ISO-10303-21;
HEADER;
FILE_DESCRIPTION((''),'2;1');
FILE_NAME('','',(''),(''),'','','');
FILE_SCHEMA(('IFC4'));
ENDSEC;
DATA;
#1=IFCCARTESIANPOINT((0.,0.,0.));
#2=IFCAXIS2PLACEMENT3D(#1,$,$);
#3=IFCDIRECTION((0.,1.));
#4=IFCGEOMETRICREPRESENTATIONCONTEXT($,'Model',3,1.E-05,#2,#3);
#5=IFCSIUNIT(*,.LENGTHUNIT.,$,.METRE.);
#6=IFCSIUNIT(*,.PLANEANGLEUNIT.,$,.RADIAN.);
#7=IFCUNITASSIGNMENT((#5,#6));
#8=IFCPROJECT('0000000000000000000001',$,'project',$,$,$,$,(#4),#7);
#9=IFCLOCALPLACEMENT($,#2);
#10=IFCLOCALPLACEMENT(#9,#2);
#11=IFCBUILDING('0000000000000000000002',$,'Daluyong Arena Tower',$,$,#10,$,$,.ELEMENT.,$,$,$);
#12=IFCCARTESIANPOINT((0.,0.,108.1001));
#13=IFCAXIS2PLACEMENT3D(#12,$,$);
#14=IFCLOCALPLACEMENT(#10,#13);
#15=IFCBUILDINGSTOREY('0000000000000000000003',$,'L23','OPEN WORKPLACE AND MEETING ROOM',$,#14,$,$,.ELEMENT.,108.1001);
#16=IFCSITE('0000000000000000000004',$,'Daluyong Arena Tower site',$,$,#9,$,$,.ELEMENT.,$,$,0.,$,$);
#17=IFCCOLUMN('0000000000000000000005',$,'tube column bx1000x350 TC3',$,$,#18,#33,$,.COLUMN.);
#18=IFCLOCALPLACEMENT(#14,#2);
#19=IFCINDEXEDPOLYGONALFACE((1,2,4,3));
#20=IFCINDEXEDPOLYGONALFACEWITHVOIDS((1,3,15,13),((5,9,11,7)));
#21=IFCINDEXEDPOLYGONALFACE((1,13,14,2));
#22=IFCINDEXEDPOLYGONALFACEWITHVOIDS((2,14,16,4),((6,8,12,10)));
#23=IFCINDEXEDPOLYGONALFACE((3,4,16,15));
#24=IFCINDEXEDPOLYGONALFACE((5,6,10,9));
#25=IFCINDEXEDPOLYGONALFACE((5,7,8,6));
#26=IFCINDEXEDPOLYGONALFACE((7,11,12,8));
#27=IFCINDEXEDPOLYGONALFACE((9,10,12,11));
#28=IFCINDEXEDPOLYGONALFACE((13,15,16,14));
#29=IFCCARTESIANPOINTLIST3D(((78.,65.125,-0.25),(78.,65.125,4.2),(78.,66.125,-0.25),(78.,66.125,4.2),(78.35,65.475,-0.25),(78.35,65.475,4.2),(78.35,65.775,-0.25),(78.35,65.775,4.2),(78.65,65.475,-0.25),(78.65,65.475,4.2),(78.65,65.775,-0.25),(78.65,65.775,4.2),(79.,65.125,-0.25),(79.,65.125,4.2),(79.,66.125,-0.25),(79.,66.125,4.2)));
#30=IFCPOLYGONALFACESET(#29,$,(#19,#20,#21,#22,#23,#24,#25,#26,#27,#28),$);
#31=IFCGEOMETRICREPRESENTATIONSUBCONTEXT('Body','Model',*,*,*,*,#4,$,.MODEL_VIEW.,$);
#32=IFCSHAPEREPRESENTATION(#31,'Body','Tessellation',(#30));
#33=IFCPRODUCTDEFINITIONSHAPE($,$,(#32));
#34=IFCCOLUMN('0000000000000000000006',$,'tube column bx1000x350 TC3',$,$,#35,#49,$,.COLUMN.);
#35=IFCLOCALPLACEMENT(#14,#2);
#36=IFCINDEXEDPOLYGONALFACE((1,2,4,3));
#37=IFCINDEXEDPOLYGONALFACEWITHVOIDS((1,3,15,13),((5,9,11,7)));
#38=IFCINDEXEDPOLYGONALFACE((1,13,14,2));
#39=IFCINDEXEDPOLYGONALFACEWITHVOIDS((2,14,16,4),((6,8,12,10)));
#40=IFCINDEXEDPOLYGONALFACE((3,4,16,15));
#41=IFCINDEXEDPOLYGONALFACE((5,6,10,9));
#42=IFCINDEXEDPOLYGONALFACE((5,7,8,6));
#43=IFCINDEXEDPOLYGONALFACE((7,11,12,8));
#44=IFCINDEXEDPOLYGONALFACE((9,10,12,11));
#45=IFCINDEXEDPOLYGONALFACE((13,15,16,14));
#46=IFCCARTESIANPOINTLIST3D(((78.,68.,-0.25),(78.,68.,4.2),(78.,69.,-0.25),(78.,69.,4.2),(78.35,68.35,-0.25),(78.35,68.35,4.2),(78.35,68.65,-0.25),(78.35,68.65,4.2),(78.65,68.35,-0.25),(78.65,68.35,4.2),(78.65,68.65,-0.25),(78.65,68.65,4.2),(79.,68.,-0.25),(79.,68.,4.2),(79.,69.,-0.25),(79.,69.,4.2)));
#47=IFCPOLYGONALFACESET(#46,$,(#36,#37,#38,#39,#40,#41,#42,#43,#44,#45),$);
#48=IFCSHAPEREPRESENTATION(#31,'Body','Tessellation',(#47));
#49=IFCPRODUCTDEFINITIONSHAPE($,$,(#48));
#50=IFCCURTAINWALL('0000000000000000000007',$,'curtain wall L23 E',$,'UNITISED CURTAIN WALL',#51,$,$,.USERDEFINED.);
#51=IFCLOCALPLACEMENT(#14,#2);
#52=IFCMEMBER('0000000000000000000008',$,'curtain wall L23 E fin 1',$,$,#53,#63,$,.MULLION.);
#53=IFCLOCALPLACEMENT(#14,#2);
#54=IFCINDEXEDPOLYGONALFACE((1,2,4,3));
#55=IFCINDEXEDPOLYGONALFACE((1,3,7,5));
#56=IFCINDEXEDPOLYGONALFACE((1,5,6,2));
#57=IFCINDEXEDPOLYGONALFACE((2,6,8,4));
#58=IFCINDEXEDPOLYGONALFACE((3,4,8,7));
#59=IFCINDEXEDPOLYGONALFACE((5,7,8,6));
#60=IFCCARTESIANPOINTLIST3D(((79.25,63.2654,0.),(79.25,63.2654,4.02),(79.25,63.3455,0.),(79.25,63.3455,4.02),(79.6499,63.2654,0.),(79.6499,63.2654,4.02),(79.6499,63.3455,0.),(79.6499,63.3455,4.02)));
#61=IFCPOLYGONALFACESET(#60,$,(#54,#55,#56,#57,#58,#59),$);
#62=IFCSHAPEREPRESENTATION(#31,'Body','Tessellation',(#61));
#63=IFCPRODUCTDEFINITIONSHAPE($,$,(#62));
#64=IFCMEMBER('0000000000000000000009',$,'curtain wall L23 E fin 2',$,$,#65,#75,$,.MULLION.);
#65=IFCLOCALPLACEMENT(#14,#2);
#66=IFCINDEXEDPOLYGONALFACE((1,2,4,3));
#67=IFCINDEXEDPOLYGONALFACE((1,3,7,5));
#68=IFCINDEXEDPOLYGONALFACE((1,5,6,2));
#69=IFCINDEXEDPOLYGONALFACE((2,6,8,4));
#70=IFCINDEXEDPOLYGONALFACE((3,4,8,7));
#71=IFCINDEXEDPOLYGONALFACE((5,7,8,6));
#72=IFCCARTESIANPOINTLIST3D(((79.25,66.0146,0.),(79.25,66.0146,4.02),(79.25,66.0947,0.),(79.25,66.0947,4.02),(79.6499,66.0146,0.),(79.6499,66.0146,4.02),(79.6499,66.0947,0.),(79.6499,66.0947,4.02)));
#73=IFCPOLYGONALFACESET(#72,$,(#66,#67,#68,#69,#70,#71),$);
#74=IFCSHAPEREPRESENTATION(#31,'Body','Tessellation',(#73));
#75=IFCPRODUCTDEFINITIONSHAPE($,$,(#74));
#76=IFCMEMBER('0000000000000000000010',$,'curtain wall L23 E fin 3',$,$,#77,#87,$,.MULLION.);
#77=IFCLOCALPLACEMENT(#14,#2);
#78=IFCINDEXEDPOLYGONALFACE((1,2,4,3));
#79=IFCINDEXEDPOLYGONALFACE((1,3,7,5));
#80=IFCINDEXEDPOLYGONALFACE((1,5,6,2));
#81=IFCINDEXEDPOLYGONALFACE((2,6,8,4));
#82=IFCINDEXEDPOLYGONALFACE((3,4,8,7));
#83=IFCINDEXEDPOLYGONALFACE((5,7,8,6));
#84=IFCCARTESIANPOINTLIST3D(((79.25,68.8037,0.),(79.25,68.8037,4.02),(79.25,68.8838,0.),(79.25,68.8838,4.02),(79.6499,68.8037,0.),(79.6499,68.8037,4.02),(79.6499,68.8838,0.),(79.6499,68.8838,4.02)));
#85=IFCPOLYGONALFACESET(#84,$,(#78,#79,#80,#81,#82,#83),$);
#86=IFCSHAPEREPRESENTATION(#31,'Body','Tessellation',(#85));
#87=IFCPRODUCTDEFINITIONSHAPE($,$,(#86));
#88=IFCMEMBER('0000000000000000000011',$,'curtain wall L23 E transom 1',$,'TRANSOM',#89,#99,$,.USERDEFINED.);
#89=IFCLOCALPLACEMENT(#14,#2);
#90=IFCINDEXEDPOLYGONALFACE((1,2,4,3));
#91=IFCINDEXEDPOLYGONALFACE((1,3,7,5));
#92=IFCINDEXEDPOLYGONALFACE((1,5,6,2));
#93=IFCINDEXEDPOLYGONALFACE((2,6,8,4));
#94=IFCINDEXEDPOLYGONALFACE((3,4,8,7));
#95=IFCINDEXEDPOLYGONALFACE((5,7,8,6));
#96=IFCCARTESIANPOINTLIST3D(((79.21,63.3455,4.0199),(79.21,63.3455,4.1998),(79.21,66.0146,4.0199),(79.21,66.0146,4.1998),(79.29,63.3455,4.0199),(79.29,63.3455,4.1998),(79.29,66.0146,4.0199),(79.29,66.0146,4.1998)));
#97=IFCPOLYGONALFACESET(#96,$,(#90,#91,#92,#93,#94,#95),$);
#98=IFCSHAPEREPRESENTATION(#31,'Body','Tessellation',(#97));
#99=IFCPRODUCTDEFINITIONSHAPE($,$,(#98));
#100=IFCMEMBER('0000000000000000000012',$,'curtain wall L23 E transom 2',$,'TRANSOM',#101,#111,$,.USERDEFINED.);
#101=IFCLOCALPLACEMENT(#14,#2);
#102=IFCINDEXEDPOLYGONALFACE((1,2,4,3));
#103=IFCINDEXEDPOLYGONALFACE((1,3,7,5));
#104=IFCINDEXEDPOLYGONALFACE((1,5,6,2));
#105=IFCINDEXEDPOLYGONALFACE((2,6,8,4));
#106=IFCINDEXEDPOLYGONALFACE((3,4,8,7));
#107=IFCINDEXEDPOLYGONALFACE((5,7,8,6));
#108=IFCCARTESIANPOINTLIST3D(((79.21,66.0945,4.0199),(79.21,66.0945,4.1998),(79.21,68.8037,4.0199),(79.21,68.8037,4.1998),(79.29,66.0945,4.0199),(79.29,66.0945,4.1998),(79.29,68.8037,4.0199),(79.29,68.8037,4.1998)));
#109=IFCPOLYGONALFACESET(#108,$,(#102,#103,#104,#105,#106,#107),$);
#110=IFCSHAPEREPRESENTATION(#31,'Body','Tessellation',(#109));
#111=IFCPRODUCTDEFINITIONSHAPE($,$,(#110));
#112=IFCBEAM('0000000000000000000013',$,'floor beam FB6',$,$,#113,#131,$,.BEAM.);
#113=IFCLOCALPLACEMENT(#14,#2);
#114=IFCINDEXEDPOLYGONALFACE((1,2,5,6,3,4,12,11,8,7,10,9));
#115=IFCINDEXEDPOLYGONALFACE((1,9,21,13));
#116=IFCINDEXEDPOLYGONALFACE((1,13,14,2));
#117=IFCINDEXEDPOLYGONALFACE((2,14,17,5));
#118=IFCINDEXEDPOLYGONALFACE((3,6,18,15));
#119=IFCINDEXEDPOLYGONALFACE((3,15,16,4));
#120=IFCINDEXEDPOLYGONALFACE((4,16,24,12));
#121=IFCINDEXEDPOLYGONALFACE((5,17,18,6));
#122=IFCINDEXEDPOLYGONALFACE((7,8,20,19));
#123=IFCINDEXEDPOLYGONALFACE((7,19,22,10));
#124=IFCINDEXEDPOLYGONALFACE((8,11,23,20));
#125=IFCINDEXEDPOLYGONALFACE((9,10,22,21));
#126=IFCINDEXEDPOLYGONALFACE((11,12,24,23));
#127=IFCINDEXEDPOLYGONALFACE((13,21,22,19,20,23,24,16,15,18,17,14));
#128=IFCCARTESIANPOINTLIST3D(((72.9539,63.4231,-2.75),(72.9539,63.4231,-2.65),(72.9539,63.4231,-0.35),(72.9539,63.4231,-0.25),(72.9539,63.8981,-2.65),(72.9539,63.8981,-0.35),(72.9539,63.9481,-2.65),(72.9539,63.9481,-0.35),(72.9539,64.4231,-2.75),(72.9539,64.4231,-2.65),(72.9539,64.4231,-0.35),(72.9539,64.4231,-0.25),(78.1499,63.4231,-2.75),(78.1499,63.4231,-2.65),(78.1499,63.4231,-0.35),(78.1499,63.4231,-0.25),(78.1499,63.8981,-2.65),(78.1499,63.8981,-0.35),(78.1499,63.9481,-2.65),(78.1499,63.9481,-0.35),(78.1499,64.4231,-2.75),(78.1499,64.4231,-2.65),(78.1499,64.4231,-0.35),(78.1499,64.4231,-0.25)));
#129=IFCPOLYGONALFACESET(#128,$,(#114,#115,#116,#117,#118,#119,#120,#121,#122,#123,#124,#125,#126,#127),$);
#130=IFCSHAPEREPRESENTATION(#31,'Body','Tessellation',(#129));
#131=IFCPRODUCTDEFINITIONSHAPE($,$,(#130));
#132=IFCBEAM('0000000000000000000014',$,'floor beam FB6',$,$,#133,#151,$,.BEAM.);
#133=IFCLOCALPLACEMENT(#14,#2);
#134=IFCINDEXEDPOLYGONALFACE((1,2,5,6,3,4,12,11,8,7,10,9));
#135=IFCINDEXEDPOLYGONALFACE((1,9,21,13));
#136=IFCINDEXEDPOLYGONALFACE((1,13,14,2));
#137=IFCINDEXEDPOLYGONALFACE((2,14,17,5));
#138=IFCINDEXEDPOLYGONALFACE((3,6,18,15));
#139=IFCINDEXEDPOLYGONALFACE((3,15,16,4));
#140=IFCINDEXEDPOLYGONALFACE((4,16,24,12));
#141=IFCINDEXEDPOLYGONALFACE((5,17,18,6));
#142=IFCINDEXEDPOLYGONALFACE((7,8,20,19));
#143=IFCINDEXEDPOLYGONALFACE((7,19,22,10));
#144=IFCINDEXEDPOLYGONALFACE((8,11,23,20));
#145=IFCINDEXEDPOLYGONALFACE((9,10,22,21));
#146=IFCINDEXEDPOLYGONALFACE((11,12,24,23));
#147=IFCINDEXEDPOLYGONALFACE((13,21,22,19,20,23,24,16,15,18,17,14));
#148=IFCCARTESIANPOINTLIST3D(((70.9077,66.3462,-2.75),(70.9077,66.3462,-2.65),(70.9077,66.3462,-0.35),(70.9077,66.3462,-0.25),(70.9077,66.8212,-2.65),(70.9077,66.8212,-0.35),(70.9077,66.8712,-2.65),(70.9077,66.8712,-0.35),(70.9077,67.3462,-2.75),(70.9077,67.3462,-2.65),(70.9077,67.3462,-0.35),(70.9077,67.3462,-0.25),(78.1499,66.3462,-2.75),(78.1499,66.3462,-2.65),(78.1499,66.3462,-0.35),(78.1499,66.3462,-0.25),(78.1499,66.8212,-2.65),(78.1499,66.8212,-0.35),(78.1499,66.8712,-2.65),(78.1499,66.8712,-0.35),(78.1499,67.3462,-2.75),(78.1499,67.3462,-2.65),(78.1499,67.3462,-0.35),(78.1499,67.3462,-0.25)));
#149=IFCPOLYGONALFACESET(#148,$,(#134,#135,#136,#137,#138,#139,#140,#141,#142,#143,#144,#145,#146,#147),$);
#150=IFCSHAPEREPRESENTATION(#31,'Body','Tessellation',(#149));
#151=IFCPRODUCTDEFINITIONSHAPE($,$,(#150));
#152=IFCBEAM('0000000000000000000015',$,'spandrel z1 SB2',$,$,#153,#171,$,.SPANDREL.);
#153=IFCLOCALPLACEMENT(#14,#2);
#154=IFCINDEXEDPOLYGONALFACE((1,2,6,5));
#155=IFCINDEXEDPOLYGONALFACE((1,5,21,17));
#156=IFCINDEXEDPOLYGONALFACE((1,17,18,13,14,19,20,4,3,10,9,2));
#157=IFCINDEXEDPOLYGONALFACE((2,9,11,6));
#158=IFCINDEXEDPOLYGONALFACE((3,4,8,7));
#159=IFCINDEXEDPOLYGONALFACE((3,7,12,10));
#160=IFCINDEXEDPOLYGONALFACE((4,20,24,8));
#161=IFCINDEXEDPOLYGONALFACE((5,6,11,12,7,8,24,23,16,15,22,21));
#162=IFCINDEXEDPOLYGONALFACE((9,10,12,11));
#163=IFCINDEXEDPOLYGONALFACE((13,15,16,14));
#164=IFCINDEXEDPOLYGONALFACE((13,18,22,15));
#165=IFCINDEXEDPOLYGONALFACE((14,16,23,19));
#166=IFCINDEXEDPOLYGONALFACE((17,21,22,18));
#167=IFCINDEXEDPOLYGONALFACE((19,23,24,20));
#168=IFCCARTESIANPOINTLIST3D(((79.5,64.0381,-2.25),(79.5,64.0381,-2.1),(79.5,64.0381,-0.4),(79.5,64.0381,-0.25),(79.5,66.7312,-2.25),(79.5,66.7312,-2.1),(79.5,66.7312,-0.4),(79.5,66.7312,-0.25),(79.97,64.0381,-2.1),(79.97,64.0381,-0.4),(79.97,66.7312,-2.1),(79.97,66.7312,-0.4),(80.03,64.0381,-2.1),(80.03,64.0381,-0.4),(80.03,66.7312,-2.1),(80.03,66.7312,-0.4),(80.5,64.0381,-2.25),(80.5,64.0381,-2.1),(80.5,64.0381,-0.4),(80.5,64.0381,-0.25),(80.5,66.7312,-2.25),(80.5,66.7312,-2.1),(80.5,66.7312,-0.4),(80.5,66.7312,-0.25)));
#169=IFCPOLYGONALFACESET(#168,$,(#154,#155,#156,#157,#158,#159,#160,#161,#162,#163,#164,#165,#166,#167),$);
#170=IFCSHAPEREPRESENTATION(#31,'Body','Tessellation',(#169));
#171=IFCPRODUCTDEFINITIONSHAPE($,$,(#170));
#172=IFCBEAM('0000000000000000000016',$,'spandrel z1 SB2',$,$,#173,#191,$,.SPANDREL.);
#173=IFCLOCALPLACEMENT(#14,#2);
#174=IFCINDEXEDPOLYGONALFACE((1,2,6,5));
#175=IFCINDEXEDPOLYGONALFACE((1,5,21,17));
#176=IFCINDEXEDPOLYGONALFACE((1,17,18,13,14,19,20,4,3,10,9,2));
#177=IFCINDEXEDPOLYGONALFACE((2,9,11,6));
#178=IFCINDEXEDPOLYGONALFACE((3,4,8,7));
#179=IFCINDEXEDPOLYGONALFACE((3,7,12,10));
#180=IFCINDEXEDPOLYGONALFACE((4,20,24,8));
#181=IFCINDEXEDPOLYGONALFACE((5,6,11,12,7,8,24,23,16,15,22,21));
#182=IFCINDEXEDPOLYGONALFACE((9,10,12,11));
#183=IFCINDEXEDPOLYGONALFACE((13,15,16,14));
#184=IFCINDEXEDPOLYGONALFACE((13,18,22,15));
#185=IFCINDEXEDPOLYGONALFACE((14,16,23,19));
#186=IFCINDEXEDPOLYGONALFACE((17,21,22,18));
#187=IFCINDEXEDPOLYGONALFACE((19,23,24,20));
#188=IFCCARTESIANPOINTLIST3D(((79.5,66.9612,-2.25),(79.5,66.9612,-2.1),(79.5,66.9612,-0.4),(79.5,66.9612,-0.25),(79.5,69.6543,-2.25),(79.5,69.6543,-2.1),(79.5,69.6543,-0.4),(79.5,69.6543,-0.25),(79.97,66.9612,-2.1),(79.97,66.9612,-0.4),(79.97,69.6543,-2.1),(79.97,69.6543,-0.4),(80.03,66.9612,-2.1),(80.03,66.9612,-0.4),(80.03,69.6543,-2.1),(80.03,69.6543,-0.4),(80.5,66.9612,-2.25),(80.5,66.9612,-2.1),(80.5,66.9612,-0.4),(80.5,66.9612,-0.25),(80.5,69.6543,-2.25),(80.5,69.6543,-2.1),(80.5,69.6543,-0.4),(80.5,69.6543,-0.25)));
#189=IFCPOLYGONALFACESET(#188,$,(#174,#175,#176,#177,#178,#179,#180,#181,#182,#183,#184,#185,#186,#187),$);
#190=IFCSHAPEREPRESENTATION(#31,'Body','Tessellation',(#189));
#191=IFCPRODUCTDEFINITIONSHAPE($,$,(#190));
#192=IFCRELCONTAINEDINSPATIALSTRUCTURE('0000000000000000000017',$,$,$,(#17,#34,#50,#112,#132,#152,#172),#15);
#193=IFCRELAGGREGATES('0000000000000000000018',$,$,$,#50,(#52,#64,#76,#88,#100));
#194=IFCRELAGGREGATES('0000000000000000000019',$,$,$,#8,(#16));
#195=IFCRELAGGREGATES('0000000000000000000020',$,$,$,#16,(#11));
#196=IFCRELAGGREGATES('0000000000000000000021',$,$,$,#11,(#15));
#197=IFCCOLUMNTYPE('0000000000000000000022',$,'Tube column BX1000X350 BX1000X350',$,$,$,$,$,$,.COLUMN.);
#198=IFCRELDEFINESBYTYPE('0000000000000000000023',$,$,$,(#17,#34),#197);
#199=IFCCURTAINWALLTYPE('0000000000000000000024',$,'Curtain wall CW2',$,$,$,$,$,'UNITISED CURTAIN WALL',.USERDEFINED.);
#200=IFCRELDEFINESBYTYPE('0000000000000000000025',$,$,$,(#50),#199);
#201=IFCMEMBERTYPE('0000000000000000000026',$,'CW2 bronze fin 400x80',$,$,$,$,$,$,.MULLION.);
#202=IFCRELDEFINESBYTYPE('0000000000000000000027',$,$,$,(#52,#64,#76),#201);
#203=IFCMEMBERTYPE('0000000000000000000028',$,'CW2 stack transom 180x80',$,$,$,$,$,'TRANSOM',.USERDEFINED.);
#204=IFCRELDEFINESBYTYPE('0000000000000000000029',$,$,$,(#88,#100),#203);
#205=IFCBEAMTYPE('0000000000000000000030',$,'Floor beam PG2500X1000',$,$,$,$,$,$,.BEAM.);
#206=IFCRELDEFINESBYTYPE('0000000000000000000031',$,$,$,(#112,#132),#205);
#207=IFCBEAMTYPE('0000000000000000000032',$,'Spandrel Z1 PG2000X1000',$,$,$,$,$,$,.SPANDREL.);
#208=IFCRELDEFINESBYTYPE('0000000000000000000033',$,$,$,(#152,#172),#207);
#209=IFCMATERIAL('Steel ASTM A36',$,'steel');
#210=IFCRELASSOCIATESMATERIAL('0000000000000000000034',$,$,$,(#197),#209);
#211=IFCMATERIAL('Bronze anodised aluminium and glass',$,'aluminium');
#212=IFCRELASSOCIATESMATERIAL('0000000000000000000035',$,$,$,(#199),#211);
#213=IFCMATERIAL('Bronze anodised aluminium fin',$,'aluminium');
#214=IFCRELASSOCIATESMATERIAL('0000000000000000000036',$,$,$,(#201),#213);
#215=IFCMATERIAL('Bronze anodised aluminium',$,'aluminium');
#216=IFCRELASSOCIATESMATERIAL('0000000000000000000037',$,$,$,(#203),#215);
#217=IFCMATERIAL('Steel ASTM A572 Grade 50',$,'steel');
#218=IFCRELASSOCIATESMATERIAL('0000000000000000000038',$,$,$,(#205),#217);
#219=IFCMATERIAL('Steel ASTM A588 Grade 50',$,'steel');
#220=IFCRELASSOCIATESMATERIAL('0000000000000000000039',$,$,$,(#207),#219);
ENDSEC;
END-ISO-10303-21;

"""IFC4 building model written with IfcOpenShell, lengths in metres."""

from ifc_helpers import new_model, si_unit, direction, frame, origin, origin_2d, place, context, subcontext, project, spatial, rectangle, hollow_rectangle, i_section, extrude, material, material_profile, profile_set, type_object, element, aggregate, save


model = new_model("IFC4")

# Units and contexts
model_context = context("Model", 3, precision=1e-05, world=origin(), true_north=direction((0.0, 1.0)))
body_context = subcontext(model_context, "Body", "Model", "MODEL_VIEW")
ifc_project = project(units=[si_unit("LENGTHUNIT", "METRE"), si_unit("PLANEANGLEUNIT", "RADIAN")], contexts=[model_context])

# Site, building, storey
site_placement = place(None, origin())
site = spatial("IfcSite", under=ifc_project, at=site_placement, Name="Daluyong Arena Tower site", CompositionType="ELEMENT", RefElevation=0.0)
building_placement = place(site_placement, origin())
building = spatial("IfcBuilding", under=site, at=building_placement, Name="Daluyong Arena Tower", CompositionType="ELEMENT")
storey_placement = place(building_placement, frame((0.0, 0.0, 108.1001)))
storey = spatial("IfcBuildingStorey", under=building, at=storey_placement, Name="L23", Description="OPEN WORKPLACE AND MEETING ROOM", CompositionType="ELEMENT", Elevation=108.1001)

# Columns
ifc_material_1 = material(Name="Steel ASTM A36", Category="steel")
ifc_material_profile_1 = material_profile(ifc_material_1, hollow_rectangle(XDim=1.0, YDim=1.0, WallThickness=0.35, at=origin_2d()))
ifc_profile_set_1 = profile_set([ifc_material_profile_1], Name="Steel ASTM A36")
column_type = type_object("IfcColumnType", Name="Tube column BX1000X350 BX1000X350", PredefinedType="COLUMN", material=ifc_profile_set_1)
for number, where, z_axis, x_axis, name in (
    (1, (78.5, 65.625, -0.25), (0.0, 0.0, 1.0), (0.0, 1.0, 0.0), "tube column bx1000x350 TC3"),
    (2, (78.5, 68.5, -0.25), (0.0, 0.0, 1.0), (0.0, 1.0, 0.0), "tube column bx1000x350 TC3"),
):
    element("IfcColumn", number, at=place(storey_placement, frame(where, z_axis=z_axis, x_axis=x_axis)), inside=storey, type_object=column_type, Name=name, PredefinedType="COLUMN", context=body_context, shape_type="SweptSolid", body=[
        extrude(hollow_rectangle(XDim=1.0, YDim=1.0, WallThickness=0.35, at=origin_2d()), origin(), (0.0, 0.0, 1.0), 4.45),
    ])

# Curtain wall, members
ifc_material_2 = material(Name="Bronze anodised aluminium and glass", Category="aluminium")
curtain_wall_type = type_object("IfcCurtainWallType", Name="Curtain wall CW2", ElementType="UNITISED CURTAIN WALL", PredefinedType="USERDEFINED", material=ifc_material_2)
curtain_wall_placement = place(storey_placement, origin())
curtain_wall = element("IfcCurtainWall", 3, at=curtain_wall_placement, inside=storey, type_object=curtain_wall_type, Name="curtain wall L23 E", ObjectType="UNITISED CURTAIN WALL", PredefinedType="USERDEFINED")
ifc_material_3 = material(Name="Bronze anodised aluminium fin", Category="aluminium")
ifc_material_profile_2 = material_profile(ifc_material_3, rectangle(XDim=0.3999, YDim=0.0801, at=origin_2d()))
ifc_profile_set_2 = profile_set([ifc_material_profile_2], Name="Bronze anodised aluminium fin")
member_type_1 = type_object("IfcMemberType", Name="CW2 bronze fin 400x80", PredefinedType="MULLION", material=ifc_profile_set_2)
member_1_placement = place(storey_placement, frame((79.45, 63.3054, 0.0), z_axis=(0.0, 0.0, 1.0), x_axis=(-1.0, 0.0, 0.0)))
member_1 = element("IfcMember", 4, at=member_1_placement, type_object=member_type_1, Name="curtain wall L23 E fin 1", PredefinedType="MULLION", context=body_context, shape_type="SweptSolid", body=[
    extrude(rectangle(XDim=0.3999, YDim=0.0801, at=origin_2d()), origin(), (0.0, 0.0, 1.0), 4.02),
])
member_2_placement = place(storey_placement, frame((79.45, 66.0547, 0.0), z_axis=(0.0, 0.0, 1.0), x_axis=(-1.0, 0.0, 0.0)))
member_2 = element("IfcMember", 5, at=member_2_placement, type_object=member_type_1, Name="curtain wall L23 E fin 2", PredefinedType="MULLION", context=body_context, shape_type="SweptSolid", body=[
    extrude(rectangle(XDim=0.3999, YDim=0.0801, at=origin_2d()), origin(), (0.0, 0.0, 1.0), 4.02),
])
member_3_placement = place(storey_placement, frame((79.45, 68.8438, 0.0), z_axis=(0.0, 0.0, 1.0), x_axis=(-1.0, 0.0, 0.0)))
member_3 = element("IfcMember", 6, at=member_3_placement, type_object=member_type_1, Name="curtain wall L23 E fin 3", PredefinedType="MULLION", context=body_context, shape_type="SweptSolid", body=[
    extrude(rectangle(XDim=0.3999, YDim=0.0801, at=origin_2d()), origin(), (0.0, 0.0, 1.0), 4.02),
])
ifc_material_4 = material(Name="Bronze anodised aluminium", Category="aluminium")
ifc_material_profile_3 = material_profile(ifc_material_4, rectangle(XDim=0.0801, YDim=0.1799, at=origin_2d()))
ifc_profile_set_3 = profile_set([ifc_material_profile_3], Name="Bronze anodised aluminium")
member_type_2 = type_object("IfcMemberType", Name="CW2 stack transom 180x80", ElementType="TRANSOM", PredefinedType="USERDEFINED", material=ifc_profile_set_3)
member_4_placement = place(storey_placement, frame((79.25, 63.3455, 4.1099), z_axis=(0.0, 1.0, 0.0), x_axis=(-1.0, 0.0, 0.0)))
member_4 = element("IfcMember", 7, at=member_4_placement, type_object=member_type_2, Name="curtain wall L23 E transom 1", ObjectType="TRANSOM", PredefinedType="USERDEFINED", context=body_context, shape_type="SweptSolid", body=[
    extrude(rectangle(XDim=0.0801, YDim=0.1799, at=origin_2d()), origin(), (0.0, 0.0, 1.0), 2.6692),
])
member_5_placement = place(storey_placement, frame((79.25, 66.0945, 4.1099), z_axis=(0.0, 1.0, 0.0), x_axis=(-1.0, 0.0, 0.0)))
member_5 = element("IfcMember", 8, at=member_5_placement, type_object=member_type_2, Name="curtain wall L23 E transom 2", ObjectType="TRANSOM", PredefinedType="USERDEFINED", context=body_context, shape_type="SweptSolid", body=[
    extrude(rectangle(XDim=0.0801, YDim=0.1799, at=origin_2d()), origin(), (0.0, 0.0, 1.0), 2.7092),
])

# Beams
ifc_material_5 = material(Name="Steel ASTM A572 Grade 50", Category="steel")
ifc_material_profile_4 = material_profile(ifc_material_5, i_section(OverallWidth=1.0, OverallDepth=2.5, WebThickness=0.05, FlangeThickness=0.1, at=origin_2d()))
ifc_profile_set_4 = profile_set([ifc_material_profile_4], Name="Steel ASTM A572 Grade 50")
beam_type_1 = type_object("IfcBeamType", Name="Floor beam PG2500X1000", PredefinedType="BEAM", material=ifc_profile_set_4)
beam_1_placement = place(storey_placement, frame((78.1499, 63.9231, -1.5), z_axis=(-1.0, 0.0, 0.0), x_axis=(0.0, -1.0, 0.0)))
element("IfcBeam", 9, at=beam_1_placement, inside=storey, type_object=beam_type_1, Name="floor beam FB6", PredefinedType="BEAM", context=body_context, shape_type="SweptSolid", body=[
    extrude(i_section(OverallWidth=1.0, OverallDepth=2.5, WebThickness=0.05, FlangeThickness=0.1, at=origin_2d()), origin(), (0.0, 0.0, 1.0), 5.196),
])
beam_2_placement = place(storey_placement, frame((78.1499, 66.8462, -1.5), z_axis=(-1.0, 0.0, 0.0), x_axis=(0.0, -1.0, 0.0)))
element("IfcBeam", 10, at=beam_2_placement, inside=storey, type_object=beam_type_1, Name="floor beam FB6", PredefinedType="BEAM", context=body_context, shape_type="SweptSolid", body=[
    extrude(i_section(OverallWidth=1.0, OverallDepth=2.5, WebThickness=0.05, FlangeThickness=0.1, at=origin_2d()), origin(), (0.0, 0.0, 1.0), 7.2422),
])
ifc_material_6 = material(Name="Steel ASTM A588 Grade 50", Category="steel")
ifc_material_profile_5 = material_profile(ifc_material_6, i_section(OverallWidth=1.0, OverallDepth=2.0, WebThickness=0.06, FlangeThickness=0.15, at=origin_2d()))
ifc_profile_set_5 = profile_set([ifc_material_profile_5], Name="Steel ASTM A588 Grade 50")
beam_type_2 = type_object("IfcBeamType", Name="Spandrel Z1 PG2000X1000", PredefinedType="SPANDREL", material=ifc_profile_set_5)
for number, where, z_axis, x_axis, name in (
    (11, (80.0, 64.0381, -1.25), (0.0, 1.0, 0.0), (-1.0, 0.0, 0.0), "spandrel z1 SB2"),
    (12, (80.0, 66.9612, -1.25), (0.0, 1.0, 0.0), (-1.0, 0.0, 0.0), "spandrel z1 SB2"),
):
    element("IfcBeam", number, at=place(storey_placement, frame(where, z_axis=z_axis, x_axis=x_axis)), inside=storey, type_object=beam_type_2, Name=name, PredefinedType="SPANDREL", context=body_context, shape_type="SweptSolid", body=[
        extrude(i_section(OverallWidth=1.0, OverallDepth=2.0, WebThickness=0.06, FlangeThickness=0.15, at=origin_2d()), origin(), (0.0, 0.0, 1.0), 2.6931),
    ])

aggregate(curtain_wall, [member_1, member_2, member_3, member_4, member_5])

save(model, "model.ifc")
